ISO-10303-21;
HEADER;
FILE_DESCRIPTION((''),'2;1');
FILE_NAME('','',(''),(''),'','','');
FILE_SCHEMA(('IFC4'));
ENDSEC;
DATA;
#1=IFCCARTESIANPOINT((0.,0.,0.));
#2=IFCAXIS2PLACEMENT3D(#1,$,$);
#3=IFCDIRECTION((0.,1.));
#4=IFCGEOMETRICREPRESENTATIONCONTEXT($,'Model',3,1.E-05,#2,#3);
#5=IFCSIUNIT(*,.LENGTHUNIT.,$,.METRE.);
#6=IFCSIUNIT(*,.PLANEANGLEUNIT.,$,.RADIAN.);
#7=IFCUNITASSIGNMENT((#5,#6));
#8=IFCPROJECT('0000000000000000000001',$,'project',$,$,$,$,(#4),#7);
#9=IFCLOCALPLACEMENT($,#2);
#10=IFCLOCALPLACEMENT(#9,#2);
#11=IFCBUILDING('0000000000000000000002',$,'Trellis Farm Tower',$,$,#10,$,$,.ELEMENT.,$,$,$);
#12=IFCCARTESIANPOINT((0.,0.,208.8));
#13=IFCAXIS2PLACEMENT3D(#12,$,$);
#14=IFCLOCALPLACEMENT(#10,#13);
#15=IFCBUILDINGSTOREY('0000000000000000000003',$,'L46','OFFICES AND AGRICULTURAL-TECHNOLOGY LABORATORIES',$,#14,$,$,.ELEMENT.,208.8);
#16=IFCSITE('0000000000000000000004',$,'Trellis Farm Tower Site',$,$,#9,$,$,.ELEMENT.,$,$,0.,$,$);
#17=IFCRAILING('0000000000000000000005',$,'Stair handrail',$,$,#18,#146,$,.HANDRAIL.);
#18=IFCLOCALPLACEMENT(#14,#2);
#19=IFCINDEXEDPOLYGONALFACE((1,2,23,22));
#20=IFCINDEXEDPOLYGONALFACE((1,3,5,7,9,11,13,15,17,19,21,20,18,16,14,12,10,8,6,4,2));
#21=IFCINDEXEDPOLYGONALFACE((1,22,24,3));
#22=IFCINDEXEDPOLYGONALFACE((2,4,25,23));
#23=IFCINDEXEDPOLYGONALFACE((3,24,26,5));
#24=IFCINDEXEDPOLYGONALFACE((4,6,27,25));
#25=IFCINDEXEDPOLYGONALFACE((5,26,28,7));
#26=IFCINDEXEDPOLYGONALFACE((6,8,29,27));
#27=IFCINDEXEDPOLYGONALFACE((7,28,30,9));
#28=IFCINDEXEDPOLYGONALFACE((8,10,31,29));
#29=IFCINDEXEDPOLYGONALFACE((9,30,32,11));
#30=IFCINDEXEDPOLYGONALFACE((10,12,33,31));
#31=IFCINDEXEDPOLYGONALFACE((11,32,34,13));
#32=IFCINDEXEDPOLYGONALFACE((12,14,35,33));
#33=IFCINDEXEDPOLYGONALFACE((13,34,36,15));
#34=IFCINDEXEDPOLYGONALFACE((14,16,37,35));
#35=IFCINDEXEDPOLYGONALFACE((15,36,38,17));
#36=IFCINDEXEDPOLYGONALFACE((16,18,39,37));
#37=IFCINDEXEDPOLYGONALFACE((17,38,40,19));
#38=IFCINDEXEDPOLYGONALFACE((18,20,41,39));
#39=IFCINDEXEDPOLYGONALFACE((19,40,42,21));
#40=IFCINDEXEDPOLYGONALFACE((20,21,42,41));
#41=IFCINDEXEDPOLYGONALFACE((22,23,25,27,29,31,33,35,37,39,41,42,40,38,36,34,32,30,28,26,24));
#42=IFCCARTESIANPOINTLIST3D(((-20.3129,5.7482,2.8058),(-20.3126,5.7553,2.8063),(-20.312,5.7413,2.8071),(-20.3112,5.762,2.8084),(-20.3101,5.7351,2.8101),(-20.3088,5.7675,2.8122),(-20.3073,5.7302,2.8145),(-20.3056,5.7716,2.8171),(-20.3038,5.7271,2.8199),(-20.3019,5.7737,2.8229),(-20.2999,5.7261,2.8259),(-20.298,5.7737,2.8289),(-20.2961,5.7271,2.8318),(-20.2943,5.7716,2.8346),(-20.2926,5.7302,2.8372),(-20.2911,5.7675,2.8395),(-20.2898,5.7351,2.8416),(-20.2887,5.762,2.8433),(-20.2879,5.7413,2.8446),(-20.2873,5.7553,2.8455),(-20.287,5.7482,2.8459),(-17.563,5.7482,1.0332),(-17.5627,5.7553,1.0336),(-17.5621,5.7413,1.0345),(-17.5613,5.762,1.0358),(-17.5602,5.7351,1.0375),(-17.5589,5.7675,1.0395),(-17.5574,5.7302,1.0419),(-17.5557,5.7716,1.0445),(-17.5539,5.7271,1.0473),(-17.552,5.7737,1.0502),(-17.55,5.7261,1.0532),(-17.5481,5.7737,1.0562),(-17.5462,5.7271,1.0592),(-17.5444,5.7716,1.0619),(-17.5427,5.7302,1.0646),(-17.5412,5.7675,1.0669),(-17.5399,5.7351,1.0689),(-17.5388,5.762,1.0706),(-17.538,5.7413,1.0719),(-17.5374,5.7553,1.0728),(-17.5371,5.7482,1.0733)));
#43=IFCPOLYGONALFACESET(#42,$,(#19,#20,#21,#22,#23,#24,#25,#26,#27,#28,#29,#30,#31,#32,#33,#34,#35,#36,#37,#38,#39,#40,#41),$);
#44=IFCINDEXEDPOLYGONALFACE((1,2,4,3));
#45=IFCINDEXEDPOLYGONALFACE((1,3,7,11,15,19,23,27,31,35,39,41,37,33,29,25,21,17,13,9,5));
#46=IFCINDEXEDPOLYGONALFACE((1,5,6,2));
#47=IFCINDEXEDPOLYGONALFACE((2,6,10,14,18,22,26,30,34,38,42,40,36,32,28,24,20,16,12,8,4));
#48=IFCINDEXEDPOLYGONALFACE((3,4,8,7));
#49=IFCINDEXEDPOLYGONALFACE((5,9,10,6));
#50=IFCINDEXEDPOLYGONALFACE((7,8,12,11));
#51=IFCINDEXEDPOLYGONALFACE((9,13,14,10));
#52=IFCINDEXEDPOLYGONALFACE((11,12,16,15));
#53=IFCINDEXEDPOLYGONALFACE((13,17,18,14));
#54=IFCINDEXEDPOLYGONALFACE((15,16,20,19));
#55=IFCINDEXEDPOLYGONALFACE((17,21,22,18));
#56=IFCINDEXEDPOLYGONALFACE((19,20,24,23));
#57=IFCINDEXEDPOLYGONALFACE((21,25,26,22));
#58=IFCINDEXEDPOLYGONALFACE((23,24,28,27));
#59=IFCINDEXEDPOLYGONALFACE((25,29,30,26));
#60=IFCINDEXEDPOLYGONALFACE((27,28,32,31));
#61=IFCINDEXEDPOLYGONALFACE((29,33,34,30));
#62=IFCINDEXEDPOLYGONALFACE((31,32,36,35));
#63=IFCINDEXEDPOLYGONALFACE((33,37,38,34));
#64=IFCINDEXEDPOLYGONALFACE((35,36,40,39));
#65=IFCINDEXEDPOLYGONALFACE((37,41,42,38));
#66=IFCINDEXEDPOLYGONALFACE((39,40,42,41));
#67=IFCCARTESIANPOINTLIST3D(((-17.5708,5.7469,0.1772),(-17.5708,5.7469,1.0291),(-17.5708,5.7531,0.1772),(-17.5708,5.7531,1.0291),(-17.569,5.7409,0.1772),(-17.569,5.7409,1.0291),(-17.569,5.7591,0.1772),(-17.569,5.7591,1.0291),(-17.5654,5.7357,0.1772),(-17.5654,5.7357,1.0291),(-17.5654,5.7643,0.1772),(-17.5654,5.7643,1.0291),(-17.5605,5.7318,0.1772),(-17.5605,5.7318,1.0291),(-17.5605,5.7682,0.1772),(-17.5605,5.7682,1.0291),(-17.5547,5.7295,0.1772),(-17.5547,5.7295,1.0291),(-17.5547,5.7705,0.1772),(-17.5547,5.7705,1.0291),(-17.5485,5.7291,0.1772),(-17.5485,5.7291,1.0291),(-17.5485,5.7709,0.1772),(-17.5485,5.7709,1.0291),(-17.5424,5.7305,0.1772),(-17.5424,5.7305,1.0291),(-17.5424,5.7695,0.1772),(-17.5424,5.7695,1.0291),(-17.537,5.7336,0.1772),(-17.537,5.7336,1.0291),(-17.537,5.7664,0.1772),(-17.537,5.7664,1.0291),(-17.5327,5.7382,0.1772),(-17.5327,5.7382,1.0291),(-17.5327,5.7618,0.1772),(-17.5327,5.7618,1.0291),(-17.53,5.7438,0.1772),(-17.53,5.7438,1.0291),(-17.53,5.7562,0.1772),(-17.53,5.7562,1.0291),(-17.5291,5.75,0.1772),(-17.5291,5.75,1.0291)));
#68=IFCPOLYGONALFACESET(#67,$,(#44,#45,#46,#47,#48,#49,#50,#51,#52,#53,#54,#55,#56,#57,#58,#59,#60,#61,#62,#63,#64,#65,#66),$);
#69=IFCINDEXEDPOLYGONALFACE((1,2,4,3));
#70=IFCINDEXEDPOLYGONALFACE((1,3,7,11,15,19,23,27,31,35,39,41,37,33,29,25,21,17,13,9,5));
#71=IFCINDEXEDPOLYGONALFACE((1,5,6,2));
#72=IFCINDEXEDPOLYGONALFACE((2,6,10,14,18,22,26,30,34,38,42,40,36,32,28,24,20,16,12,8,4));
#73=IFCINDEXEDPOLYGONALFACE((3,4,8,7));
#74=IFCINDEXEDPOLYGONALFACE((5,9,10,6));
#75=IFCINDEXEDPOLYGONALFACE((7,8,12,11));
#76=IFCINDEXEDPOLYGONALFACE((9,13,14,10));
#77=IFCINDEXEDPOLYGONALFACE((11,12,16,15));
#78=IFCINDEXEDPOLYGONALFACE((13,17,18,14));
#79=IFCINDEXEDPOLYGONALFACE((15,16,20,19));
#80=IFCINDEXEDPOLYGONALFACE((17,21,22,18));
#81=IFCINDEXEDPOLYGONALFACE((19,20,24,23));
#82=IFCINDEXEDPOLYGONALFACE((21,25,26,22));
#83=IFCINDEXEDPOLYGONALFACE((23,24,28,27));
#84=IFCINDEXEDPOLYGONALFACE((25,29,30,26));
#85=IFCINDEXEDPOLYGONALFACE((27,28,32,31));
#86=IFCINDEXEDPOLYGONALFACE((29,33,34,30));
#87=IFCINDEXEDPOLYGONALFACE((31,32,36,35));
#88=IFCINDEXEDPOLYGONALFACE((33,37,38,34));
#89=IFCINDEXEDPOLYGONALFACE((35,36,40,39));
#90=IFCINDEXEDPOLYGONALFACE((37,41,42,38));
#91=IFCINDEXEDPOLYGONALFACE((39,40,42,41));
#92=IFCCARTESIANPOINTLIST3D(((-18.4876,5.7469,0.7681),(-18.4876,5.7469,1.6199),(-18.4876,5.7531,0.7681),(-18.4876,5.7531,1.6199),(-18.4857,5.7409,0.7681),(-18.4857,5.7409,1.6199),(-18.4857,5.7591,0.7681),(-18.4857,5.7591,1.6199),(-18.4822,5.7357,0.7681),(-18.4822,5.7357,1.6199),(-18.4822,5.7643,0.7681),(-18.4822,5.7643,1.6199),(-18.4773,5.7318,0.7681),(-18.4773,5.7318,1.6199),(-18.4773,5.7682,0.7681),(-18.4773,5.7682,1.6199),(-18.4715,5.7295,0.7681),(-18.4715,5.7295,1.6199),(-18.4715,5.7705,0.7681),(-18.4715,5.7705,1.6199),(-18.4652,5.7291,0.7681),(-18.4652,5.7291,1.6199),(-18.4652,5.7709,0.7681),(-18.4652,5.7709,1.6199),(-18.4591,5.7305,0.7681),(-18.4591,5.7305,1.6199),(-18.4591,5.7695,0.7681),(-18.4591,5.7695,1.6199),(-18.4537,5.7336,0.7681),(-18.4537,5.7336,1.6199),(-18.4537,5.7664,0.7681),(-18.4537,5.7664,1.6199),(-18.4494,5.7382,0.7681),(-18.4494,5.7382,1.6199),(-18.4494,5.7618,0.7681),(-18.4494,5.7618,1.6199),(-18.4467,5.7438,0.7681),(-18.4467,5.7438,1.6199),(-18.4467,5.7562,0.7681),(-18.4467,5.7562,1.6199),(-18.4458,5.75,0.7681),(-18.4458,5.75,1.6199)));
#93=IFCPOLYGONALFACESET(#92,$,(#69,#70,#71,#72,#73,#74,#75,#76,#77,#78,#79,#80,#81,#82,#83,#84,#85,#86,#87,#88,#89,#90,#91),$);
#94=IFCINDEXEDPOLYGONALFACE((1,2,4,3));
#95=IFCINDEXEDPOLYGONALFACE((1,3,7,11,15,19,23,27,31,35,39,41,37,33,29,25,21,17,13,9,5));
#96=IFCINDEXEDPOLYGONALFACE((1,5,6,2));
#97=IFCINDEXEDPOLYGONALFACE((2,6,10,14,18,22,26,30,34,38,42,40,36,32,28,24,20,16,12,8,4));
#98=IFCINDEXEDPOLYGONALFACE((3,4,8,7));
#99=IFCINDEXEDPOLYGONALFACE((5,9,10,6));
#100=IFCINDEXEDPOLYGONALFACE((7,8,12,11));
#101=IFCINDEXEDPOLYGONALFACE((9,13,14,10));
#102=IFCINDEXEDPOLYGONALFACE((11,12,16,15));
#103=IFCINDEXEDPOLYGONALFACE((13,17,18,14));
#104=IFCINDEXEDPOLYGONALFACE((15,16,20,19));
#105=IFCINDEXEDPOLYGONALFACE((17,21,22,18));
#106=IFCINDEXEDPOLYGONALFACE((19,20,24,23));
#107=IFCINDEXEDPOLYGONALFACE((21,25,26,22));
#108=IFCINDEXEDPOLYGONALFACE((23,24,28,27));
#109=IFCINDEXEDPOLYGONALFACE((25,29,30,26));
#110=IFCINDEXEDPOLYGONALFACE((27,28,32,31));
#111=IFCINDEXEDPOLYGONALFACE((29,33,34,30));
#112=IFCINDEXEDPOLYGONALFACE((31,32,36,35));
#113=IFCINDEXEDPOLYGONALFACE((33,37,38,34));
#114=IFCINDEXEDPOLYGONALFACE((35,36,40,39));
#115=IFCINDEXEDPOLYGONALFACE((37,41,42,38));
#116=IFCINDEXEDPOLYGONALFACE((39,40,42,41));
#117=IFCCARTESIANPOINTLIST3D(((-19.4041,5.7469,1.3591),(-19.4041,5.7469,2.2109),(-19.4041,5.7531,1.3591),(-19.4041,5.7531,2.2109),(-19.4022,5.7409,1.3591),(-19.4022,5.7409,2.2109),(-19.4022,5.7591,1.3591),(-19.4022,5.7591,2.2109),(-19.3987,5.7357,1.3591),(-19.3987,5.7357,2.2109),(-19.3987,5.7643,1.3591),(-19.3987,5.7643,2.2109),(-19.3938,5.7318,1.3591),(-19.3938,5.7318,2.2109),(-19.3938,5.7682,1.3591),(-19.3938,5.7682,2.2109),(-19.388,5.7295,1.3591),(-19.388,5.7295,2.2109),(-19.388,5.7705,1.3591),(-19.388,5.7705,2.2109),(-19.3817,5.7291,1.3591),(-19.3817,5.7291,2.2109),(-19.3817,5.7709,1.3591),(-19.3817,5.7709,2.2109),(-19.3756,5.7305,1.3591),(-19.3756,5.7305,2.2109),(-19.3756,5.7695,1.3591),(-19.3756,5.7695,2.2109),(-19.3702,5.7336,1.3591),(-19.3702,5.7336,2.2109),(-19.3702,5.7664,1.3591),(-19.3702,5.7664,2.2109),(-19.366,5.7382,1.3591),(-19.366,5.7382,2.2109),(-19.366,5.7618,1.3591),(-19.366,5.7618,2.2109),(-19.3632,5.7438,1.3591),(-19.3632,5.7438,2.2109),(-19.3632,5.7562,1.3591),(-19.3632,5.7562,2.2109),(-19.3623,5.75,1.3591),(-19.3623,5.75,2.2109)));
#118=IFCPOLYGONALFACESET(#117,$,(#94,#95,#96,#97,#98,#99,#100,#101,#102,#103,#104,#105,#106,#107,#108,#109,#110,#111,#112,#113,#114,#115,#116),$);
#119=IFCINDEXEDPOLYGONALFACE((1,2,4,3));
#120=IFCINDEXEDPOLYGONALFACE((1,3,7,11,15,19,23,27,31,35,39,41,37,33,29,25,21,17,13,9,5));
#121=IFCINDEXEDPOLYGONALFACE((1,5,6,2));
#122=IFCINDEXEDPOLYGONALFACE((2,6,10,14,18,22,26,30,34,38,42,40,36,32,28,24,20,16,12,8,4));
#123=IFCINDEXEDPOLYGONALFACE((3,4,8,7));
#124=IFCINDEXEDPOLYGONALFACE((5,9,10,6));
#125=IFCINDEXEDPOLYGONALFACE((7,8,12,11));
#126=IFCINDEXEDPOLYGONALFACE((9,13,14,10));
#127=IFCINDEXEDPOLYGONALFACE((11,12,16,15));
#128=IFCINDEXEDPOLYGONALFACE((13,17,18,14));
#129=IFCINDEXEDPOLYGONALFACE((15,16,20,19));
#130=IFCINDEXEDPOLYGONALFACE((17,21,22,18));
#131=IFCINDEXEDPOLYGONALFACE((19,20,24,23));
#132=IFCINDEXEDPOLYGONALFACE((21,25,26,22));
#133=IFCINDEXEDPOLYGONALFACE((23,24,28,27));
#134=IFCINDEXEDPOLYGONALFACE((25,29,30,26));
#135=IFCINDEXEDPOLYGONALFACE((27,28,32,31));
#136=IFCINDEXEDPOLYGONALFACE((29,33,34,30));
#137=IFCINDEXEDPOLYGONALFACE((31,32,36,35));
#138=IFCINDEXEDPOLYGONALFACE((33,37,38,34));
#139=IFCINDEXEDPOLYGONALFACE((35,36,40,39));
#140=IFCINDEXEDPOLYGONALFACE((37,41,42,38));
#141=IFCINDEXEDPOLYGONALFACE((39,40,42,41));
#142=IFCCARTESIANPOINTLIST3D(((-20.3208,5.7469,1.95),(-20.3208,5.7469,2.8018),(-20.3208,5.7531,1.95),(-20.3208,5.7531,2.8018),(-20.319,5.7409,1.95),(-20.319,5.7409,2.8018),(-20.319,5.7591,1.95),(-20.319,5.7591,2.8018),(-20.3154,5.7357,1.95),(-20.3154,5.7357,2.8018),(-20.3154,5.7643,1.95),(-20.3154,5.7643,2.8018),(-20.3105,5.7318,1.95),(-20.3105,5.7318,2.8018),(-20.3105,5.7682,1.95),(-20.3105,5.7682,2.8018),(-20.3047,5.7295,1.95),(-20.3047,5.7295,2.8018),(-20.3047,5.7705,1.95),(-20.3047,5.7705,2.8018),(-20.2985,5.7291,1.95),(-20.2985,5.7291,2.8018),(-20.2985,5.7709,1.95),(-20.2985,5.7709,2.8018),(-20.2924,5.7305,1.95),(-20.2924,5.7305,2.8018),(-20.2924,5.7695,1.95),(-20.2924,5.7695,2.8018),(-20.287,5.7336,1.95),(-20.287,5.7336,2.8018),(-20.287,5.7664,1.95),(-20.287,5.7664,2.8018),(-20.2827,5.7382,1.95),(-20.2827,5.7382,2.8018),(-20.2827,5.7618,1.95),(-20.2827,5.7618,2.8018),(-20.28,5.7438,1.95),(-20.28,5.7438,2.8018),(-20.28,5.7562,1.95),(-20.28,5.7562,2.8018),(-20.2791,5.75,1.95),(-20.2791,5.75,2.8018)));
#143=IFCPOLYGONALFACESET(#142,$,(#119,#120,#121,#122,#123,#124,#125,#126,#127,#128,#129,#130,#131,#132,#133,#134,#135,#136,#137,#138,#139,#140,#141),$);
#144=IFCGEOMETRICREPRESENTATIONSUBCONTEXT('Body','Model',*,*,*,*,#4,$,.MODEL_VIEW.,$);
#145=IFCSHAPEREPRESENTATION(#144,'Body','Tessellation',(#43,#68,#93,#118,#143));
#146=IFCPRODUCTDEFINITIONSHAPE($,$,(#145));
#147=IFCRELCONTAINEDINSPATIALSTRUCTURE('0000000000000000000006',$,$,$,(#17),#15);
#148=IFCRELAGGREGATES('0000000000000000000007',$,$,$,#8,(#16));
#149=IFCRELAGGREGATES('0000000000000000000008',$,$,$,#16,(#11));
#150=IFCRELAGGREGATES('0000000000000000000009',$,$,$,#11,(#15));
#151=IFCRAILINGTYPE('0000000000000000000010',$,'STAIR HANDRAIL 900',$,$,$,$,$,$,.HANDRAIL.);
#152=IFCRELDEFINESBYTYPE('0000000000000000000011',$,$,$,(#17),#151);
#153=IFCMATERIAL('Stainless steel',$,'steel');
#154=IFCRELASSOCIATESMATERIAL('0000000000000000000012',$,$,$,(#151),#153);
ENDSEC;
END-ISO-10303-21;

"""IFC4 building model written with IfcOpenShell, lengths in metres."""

from ifc_helpers import new_model, si_unit, direction, frame, origin, origin_2d, place, context, subcontext, project, spatial, circle, extrude, source, transform, mapped, material, type_object, element, save


model = new_model("IFC4")

# Units and contexts
model_context = context("Model", 3, precision=1e-05, world=origin(), true_north=direction((0.0, 1.0)))
body_context = subcontext(model_context, "Body", "Model", "MODEL_VIEW")
ifc_project = project(units=[si_unit("LENGTHUNIT", "METRE"), si_unit("PLANEANGLEUNIT", "RADIAN")], contexts=[model_context])

# Site, building, storey
site_placement = place(None, origin())
site = spatial("IfcSite", under=ifc_project, at=site_placement, Name="Trellis Farm Tower Site", CompositionType="ELEMENT", RefElevation=0.0)
building_placement = place(site_placement, origin())
building = spatial("IfcBuilding", under=site, at=building_placement, Name="Trellis Farm Tower", CompositionType="ELEMENT")
storey_placement = place(building_placement, frame((0.0, 0.0, 208.8)))
storey = spatial("IfcBuildingStorey", under=building, at=storey_placement, Name="L46", Description="OFFICES AND AGRICULTURAL-TECHNOLOGY LABORATORIES", CompositionType="ELEMENT", Elevation=208.8)

# Railing
ifc_material_1 = material(Name="Stainless steel", Category="steel")
railing_type_1 = type_object("IfcRailingType", Name="STAIR HANDRAIL 900", PredefinedType="HANDRAIL", material=ifc_material_1)
shared_shape_1 = source(origin(), body_context, "Body", "SweptSolid", [
    extrude(circle(Radius=0.0239, at=origin_2d()), frame((0.0, 0.0, 0.876), z_axis=(-0.840504, 0.0, 0.541806), x_axis=(0.0, -1.0, 0.0)), (0.0, 0.0, 1.0), 3.2717),
    extrude(circle(Radius=0.021, at=origin_2d()), origin(), (0.0, 0.0, 1.0), 0.8518),
    extrude(circle(Radius=0.021, at=origin_2d()), frame((-0.9167, 0.0, 0.5908)), (0.0, 0.0, 1.0), 0.8518),
    extrude(circle(Radius=0.021, at=origin_2d()), frame((-1.8333, 0.0, 1.1819)), (0.0, 0.0, 1.0), 0.8518),
    extrude(circle(Radius=0.021, at=origin_2d()), frame((-2.75, 0.0, 1.7727)), (0.0, 0.0, 1.0), 0.8518),
])
for number, where, name in (
    (1, (-17.55, 5.75, 0.1772), "Stair handrail"),
):
    element("IfcRailing", number, at=place(storey_placement, frame(where)), inside=storey, type_object=railing_type_1, Name=name, PredefinedType="HANDRAIL", context=body_context, shape_type="MappedRepresentation", body=[
        mapped(shared_shape_1, transform((0.0, 0.0, 0.0))),
    ])

save(model, "model.ifc")
